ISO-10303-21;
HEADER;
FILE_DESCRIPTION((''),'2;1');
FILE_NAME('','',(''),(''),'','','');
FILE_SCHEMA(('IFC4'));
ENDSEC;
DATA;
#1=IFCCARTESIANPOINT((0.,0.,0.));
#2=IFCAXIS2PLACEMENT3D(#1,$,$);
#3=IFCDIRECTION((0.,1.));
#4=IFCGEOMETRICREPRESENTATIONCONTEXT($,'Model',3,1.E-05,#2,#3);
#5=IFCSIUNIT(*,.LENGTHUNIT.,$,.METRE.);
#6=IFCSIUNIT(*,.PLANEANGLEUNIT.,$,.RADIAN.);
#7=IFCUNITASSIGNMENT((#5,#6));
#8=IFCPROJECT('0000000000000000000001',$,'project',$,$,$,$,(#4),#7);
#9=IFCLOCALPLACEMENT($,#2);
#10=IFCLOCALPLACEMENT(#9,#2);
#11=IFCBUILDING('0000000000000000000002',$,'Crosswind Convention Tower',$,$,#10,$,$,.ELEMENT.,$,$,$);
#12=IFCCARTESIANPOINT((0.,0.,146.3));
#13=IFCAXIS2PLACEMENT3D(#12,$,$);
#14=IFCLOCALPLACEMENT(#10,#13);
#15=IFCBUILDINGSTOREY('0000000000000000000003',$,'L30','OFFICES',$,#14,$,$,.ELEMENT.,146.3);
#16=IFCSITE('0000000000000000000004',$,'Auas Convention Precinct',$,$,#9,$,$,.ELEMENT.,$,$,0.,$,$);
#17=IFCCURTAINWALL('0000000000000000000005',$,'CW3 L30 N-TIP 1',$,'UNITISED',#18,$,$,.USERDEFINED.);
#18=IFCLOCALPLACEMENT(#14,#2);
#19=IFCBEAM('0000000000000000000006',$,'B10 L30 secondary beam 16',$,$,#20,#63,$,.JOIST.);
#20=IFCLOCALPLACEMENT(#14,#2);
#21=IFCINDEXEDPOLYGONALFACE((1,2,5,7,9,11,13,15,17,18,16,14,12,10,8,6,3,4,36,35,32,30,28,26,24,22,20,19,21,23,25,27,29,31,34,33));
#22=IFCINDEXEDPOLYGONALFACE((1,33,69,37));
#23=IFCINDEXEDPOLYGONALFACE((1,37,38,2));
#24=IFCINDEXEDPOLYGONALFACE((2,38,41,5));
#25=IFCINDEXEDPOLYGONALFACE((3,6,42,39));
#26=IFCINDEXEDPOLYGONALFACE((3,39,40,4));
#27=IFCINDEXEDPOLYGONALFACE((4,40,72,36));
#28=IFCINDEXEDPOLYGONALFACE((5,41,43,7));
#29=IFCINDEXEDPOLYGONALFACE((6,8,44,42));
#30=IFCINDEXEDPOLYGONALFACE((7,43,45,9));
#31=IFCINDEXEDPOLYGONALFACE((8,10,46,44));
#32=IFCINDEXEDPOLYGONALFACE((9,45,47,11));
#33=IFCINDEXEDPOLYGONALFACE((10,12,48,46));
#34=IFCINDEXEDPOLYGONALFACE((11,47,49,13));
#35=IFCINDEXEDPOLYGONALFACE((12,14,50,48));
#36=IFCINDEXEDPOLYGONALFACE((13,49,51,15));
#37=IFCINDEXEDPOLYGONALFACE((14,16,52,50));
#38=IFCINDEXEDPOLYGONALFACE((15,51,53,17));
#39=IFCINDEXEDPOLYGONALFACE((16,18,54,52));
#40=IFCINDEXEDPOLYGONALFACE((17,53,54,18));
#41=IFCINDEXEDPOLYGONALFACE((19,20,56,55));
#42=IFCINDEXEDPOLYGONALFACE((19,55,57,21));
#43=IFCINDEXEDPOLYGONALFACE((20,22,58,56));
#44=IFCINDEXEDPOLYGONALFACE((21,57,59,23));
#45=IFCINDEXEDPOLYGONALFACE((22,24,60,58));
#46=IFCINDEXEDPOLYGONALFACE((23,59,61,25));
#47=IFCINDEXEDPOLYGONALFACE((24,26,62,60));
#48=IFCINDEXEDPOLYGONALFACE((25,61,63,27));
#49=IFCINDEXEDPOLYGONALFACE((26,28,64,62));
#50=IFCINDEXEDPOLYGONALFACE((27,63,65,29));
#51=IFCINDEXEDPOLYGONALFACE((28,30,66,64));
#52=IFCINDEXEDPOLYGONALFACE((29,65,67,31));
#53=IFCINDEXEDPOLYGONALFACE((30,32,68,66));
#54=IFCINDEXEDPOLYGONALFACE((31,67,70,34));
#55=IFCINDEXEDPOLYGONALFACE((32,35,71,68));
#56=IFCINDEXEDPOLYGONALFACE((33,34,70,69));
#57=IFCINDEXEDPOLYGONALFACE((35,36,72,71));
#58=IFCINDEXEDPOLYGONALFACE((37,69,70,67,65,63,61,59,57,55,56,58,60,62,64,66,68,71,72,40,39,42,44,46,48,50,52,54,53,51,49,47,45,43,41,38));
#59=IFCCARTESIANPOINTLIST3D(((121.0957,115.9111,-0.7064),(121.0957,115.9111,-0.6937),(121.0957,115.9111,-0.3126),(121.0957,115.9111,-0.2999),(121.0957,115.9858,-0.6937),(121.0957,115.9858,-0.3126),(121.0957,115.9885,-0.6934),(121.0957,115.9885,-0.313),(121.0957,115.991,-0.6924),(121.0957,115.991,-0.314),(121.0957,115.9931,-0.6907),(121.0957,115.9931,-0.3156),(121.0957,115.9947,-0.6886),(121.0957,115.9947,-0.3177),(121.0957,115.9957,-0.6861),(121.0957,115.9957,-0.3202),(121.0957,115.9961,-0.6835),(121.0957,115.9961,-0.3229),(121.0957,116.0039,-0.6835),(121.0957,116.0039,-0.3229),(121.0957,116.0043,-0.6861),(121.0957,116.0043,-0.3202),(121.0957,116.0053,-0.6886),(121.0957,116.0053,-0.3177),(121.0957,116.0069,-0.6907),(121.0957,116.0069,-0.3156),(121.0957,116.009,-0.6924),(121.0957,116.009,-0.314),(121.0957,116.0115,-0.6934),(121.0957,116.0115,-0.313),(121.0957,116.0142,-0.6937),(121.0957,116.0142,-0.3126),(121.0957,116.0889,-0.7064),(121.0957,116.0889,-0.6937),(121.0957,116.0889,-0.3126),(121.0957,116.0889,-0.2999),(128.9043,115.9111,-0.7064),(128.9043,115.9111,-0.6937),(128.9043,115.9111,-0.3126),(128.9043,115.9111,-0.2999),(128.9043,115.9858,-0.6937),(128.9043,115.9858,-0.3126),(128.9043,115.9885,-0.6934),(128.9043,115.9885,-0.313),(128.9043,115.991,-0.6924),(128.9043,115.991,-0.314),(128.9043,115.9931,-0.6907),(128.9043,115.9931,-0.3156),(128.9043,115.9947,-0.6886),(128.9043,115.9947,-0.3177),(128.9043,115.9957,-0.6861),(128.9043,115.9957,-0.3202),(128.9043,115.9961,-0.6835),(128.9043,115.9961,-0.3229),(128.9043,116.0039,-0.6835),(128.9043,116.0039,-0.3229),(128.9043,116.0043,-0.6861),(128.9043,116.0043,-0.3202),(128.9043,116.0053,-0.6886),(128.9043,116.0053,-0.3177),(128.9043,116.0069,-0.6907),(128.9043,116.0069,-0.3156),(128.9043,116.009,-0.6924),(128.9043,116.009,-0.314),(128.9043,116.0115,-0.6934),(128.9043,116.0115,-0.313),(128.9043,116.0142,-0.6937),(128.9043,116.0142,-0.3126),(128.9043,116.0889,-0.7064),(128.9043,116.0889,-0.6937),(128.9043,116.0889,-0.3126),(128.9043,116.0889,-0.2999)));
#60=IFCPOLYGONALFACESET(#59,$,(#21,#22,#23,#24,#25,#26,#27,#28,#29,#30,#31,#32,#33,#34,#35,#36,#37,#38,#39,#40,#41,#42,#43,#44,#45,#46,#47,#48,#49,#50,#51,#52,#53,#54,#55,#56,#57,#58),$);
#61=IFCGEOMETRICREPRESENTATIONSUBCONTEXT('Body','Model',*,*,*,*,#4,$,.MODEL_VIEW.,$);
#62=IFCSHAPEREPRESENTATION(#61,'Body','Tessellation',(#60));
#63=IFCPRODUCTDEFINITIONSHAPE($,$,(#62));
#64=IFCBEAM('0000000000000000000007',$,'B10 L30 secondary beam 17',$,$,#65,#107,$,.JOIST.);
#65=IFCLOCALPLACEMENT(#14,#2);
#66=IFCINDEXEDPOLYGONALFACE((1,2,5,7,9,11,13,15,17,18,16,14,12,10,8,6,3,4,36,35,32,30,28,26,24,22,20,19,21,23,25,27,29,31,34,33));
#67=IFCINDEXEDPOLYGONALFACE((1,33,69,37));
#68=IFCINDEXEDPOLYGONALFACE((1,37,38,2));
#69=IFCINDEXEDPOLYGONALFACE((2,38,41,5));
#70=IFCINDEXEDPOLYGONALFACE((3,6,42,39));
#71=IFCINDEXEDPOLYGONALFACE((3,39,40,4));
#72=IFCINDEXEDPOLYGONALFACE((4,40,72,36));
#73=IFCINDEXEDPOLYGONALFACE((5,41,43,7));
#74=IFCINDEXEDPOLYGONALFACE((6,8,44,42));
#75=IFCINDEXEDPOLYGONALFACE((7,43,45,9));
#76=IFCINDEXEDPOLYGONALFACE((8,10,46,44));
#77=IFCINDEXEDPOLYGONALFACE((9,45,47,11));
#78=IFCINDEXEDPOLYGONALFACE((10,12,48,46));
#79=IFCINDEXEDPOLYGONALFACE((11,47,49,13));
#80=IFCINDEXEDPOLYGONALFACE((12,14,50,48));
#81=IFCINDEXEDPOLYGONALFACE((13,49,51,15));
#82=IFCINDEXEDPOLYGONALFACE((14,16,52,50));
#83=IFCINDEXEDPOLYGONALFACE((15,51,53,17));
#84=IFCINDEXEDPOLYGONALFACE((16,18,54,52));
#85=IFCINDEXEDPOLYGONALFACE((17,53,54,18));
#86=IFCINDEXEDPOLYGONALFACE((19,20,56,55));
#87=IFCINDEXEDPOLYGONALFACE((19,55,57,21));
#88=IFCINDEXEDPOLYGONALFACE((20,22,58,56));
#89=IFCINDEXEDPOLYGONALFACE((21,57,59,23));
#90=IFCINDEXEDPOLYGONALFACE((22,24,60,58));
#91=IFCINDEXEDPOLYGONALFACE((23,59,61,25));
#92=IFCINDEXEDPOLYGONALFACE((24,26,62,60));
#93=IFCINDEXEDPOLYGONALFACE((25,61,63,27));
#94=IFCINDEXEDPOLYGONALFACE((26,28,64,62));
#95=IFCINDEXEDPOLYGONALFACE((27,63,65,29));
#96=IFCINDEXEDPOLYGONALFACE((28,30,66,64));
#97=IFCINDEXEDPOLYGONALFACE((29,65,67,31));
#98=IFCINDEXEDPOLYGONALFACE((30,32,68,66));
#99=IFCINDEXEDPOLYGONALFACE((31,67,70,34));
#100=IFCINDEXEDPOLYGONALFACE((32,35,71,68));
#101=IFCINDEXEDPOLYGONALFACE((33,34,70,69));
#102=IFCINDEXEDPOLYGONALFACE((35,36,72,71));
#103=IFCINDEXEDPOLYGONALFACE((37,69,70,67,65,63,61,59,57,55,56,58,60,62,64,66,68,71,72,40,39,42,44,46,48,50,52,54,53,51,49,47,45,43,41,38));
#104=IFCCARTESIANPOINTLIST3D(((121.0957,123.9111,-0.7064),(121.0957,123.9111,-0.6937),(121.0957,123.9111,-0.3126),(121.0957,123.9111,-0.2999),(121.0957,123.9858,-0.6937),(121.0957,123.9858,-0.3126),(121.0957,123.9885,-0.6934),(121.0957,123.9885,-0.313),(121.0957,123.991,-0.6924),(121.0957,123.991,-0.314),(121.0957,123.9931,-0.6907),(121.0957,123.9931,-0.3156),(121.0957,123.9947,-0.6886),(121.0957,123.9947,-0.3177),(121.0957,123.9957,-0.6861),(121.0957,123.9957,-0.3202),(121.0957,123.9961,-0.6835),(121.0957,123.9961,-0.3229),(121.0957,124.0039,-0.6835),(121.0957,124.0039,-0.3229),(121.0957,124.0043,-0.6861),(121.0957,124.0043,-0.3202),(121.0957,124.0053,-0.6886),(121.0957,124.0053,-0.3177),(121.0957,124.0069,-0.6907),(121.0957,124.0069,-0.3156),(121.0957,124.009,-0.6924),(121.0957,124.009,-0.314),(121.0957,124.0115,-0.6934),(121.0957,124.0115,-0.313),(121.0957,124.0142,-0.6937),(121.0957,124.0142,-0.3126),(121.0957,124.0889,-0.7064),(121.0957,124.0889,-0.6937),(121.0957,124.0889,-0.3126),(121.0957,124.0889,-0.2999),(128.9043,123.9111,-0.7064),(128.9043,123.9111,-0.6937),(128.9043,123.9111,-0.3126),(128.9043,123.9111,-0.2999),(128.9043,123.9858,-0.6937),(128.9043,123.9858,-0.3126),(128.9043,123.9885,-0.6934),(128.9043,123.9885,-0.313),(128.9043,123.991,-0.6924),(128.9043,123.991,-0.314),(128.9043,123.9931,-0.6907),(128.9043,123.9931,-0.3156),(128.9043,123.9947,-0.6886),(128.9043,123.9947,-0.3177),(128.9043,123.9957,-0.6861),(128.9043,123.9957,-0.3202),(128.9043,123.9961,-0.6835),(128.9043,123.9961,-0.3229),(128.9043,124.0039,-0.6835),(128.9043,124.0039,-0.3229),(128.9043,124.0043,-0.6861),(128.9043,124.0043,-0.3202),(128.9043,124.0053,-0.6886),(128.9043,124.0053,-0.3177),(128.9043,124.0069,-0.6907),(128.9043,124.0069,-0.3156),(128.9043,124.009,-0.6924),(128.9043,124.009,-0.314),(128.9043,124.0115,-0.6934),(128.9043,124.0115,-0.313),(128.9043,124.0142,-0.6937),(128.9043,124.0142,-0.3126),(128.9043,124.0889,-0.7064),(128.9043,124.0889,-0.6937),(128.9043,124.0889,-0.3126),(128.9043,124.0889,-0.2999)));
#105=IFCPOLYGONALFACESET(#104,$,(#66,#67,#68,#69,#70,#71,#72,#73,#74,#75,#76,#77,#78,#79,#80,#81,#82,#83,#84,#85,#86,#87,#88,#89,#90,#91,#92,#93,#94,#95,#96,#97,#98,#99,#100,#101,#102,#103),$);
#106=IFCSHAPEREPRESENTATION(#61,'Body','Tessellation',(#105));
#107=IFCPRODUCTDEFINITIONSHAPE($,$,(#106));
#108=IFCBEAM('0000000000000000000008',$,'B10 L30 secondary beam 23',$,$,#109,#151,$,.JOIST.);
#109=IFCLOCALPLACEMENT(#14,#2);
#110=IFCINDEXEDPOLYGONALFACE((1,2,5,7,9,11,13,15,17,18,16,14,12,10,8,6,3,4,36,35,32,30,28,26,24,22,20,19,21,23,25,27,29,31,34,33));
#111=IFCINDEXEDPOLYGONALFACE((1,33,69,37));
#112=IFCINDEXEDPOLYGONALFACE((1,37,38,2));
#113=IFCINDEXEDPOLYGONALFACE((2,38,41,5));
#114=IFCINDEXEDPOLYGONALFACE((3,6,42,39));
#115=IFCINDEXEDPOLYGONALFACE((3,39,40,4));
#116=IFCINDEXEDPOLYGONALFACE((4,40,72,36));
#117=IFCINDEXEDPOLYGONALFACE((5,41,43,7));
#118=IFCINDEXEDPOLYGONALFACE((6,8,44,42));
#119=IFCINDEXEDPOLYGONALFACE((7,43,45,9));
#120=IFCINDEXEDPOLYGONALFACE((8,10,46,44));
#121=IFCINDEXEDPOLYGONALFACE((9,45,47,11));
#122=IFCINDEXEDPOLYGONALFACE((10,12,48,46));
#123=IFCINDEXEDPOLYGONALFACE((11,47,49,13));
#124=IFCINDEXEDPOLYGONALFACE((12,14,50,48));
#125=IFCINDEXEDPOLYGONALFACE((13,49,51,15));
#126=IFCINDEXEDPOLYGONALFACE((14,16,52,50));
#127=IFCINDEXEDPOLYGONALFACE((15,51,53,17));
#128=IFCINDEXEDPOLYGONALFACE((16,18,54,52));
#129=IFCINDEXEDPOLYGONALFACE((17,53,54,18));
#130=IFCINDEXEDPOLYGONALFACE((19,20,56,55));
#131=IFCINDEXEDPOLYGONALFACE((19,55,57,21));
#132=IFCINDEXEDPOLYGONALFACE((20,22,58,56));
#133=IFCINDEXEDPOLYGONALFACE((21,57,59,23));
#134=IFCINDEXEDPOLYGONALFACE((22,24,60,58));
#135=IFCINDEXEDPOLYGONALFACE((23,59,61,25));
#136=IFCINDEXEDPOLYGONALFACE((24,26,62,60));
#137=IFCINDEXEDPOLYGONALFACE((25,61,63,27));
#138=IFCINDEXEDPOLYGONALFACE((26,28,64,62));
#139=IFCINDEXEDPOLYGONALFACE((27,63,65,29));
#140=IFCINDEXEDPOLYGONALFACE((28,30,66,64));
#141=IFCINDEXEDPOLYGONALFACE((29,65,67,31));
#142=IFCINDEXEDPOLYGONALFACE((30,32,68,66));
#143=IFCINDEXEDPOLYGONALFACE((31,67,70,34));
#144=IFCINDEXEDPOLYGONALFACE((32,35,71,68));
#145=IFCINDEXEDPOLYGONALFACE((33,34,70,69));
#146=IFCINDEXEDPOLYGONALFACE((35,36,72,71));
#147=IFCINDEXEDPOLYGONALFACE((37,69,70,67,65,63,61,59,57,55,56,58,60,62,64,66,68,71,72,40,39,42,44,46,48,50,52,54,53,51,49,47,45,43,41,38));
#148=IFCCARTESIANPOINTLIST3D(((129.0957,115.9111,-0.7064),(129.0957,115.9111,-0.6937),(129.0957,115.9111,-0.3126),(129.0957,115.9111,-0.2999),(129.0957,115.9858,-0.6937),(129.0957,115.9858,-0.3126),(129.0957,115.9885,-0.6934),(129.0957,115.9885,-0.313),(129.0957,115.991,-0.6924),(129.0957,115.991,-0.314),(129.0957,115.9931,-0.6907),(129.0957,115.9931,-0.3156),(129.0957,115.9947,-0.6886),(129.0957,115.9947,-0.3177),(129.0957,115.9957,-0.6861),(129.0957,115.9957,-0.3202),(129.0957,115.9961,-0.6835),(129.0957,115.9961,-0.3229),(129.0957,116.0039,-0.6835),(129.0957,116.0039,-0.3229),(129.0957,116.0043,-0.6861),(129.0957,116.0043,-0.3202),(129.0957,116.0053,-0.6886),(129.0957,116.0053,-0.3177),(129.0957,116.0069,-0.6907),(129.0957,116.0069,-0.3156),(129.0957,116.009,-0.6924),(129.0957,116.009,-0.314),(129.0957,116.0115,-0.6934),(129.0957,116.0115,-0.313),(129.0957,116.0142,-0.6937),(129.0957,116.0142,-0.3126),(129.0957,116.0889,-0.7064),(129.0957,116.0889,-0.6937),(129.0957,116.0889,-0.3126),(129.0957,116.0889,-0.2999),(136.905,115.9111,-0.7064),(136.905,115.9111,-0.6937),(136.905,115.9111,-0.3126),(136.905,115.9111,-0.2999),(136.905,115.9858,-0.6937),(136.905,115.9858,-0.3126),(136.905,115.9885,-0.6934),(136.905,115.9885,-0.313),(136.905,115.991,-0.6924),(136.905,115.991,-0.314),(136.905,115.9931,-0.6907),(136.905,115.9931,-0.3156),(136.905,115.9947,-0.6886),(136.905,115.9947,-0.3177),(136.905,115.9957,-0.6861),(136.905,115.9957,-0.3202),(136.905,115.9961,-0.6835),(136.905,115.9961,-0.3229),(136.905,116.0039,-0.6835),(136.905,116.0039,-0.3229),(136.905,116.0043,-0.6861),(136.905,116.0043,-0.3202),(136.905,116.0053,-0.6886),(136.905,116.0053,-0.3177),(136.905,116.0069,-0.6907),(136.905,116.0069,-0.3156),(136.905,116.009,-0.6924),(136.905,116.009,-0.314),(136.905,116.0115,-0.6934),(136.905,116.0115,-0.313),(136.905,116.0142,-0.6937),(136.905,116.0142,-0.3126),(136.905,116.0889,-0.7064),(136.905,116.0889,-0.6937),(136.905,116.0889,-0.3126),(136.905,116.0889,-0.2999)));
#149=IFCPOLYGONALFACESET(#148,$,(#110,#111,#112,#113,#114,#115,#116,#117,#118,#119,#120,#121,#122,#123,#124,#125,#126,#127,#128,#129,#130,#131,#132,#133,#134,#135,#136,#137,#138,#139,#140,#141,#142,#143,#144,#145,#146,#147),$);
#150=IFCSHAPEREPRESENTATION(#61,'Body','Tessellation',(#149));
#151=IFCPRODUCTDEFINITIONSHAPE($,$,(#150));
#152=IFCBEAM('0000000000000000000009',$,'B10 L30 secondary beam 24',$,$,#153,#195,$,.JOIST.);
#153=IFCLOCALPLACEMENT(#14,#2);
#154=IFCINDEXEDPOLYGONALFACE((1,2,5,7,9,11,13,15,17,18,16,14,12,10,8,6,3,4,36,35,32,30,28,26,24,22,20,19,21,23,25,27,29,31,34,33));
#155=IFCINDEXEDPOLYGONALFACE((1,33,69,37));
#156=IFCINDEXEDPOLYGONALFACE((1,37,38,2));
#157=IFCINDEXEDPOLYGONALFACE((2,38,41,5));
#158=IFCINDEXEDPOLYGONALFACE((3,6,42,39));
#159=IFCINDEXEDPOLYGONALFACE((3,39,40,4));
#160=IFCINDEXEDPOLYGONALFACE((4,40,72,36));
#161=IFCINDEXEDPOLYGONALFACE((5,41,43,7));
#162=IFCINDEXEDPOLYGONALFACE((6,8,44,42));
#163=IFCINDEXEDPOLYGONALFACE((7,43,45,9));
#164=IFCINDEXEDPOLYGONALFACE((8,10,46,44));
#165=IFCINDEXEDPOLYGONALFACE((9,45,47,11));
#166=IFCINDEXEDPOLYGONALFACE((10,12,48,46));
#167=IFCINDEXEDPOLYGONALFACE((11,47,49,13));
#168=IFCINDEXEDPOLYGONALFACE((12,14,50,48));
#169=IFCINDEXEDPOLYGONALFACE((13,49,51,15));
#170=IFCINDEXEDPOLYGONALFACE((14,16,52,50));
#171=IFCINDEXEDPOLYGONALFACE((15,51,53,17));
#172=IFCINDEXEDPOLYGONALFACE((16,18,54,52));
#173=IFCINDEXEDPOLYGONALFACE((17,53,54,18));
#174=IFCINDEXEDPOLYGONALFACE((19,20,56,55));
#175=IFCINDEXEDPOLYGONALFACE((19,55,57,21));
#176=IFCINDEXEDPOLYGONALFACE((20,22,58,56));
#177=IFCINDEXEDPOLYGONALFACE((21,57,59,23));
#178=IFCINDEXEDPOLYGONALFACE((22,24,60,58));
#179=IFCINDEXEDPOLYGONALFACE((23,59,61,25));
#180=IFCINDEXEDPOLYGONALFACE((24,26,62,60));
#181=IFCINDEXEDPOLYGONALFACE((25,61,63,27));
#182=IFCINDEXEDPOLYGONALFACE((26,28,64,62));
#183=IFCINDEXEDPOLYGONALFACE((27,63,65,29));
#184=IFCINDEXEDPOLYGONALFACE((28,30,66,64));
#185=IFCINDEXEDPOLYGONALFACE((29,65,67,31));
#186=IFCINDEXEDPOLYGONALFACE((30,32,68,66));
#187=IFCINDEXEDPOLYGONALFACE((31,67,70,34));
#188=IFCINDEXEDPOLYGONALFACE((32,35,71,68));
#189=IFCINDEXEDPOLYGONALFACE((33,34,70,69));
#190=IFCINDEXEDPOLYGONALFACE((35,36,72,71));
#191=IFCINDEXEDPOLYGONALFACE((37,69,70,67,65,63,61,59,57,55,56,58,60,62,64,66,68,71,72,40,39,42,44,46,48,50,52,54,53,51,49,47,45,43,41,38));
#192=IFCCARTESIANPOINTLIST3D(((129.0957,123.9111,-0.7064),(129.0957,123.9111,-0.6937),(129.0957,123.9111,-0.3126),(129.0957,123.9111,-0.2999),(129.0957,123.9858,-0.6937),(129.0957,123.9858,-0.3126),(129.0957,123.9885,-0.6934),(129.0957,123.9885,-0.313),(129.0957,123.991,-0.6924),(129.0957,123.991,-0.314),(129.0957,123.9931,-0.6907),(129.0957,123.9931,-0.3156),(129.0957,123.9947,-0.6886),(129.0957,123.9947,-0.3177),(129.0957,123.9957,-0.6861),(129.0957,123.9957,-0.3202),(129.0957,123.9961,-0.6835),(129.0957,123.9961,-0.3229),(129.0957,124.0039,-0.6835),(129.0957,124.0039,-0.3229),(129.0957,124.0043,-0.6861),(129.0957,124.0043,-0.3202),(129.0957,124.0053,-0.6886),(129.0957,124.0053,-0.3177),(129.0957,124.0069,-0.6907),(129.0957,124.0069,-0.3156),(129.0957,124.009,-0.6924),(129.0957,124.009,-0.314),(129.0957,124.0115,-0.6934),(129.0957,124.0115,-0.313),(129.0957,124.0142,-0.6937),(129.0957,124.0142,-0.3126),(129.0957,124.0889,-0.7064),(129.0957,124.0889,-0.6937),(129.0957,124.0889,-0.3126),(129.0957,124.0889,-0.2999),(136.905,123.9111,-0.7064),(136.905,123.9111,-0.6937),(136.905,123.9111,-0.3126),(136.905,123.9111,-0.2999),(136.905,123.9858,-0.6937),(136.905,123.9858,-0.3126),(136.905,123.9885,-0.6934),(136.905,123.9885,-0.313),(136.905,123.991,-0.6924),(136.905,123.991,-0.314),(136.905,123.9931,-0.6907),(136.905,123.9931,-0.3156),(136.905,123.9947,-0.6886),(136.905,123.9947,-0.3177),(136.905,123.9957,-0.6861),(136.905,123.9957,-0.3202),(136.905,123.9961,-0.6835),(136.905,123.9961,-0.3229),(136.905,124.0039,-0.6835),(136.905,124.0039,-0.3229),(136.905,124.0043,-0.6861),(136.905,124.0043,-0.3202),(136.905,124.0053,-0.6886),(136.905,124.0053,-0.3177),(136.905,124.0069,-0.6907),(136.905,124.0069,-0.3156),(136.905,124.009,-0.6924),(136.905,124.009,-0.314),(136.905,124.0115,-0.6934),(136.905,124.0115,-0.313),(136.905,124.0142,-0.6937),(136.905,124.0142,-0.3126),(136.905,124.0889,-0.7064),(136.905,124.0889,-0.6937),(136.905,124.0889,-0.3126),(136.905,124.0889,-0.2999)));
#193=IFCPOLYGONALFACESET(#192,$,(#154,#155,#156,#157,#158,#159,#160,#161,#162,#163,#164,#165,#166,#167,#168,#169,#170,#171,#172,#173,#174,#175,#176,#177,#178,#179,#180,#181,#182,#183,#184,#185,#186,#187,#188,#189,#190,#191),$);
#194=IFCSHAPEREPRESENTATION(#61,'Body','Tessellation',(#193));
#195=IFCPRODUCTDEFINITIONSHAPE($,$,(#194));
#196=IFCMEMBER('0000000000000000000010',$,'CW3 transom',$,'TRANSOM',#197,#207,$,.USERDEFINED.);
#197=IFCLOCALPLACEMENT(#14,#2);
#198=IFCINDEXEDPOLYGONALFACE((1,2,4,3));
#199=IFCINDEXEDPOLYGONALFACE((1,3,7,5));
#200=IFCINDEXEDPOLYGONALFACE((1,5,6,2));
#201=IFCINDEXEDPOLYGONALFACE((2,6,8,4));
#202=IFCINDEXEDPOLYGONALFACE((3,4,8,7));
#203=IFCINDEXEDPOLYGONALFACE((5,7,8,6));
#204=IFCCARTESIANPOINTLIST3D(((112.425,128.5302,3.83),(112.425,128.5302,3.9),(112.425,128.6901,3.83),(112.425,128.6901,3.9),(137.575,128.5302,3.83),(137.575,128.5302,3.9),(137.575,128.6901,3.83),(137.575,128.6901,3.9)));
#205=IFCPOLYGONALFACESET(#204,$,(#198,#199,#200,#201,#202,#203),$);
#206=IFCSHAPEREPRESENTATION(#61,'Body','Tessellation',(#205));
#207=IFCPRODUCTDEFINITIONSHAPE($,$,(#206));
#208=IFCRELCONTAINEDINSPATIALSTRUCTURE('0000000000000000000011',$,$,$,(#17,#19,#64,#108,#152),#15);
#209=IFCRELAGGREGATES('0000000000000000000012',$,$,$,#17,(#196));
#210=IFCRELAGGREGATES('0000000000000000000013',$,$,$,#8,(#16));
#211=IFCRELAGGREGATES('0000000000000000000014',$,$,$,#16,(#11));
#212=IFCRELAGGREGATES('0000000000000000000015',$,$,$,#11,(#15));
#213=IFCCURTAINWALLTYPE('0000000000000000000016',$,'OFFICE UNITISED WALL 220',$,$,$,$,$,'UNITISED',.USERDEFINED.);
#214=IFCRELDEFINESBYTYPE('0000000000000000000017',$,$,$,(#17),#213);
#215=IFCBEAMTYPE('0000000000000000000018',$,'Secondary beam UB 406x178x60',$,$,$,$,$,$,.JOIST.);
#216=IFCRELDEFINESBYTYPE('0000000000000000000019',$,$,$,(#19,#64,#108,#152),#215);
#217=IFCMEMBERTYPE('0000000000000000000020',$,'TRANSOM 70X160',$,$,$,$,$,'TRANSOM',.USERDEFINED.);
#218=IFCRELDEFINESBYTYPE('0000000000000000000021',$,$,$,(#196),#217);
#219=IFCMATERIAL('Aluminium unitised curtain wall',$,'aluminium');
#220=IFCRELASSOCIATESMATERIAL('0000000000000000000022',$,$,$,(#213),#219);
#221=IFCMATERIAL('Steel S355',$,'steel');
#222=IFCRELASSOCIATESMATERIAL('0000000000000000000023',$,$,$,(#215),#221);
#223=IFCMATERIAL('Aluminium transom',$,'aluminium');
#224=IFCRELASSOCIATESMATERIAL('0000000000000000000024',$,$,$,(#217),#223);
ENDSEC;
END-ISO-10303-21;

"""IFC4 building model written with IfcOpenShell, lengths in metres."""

from ifc_helpers import new_model, si_unit, direction, frame, origin, origin_2d, place, context, subcontext, project, spatial, rectangle, i_section, extrude, material, material_profile, profile_set, type_object, element, aggregate, save


model = new_model("IFC4")

# Units and contexts
model_context = context("Model", 3, precision=1e-05, world=origin(), true_north=direction((0.0, 1.0)))
body_context = subcontext(model_context, "Body", "Model", "MODEL_VIEW")
ifc_project = project(units=[si_unit("LENGTHUNIT", "METRE"), si_unit("PLANEANGLEUNIT", "RADIAN")], contexts=[model_context])

# Site, building, storey
site_placement = place(None, origin())
site = spatial("IfcSite", under=ifc_project, at=site_placement, Name="Auas Convention Precinct", CompositionType="ELEMENT", RefElevation=0.0)
building_placement = place(site_placement, origin())
building = spatial("IfcBuilding", under=site, at=building_placement, Name="Crosswind Convention Tower", CompositionType="ELEMENT")
storey_placement = place(building_placement, frame((0.0, 0.0, 146.3)))
storey = spatial("IfcBuildingStorey", under=building, at=storey_placement, Name="L30", Description="OFFICES", CompositionType="ELEMENT", Elevation=146.3)

# Shared definitions
ifc_material_1 = material(Name="Steel S355", Category="steel")

# Curtain wall
ifc_material_2 = material(Name="Aluminium unitised curtain wall", Category="aluminium")
curtain_wall_type = type_object("IfcCurtainWallType", Name="OFFICE UNITISED WALL 220", ElementType="UNITISED", PredefinedType="USERDEFINED", material=ifc_material_2)
curtain_wall_placement = place(storey_placement, origin())
curtain_wall = element("IfcCurtainWall", 1, at=curtain_wall_placement, inside=storey, type_object=curtain_wall_type, Name="CW3 L30 N-TIP 1", ObjectType="UNITISED", PredefinedType="USERDEFINED")

# Beams
ifc_material_profile_1 = material_profile(ifc_material_1, i_section(OverallWidth=0.1777, OverallDepth=0.4065, WebThickness=0.0078, FlangeThickness=0.0127, FilletRadius=0.0103, at=origin_2d()), Name="UB 406x178x60")
ifc_profile_set_1 = profile_set([ifc_material_profile_1], Name="Steel S355")
beam_type_1 = type_object("IfcBeamType", Name="Secondary beam UB 406x178x60", PredefinedType="JOIST", material=ifc_profile_set_1)
for number, where, z_axis, x_axis, name in (
    (2, (121.0957, 116.0, -0.5032), (1.0, 0.0, 0.0), (0.0, 1.0, 0.0), "B10 L30 secondary beam 16"),
    (3, (121.0957, 124.0, -0.5032), (1.0, 0.0, 0.0), (0.0, 1.0, 0.0), "B10 L30 secondary beam 17"),
):
    element("IfcBeam", number, at=place(storey_placement, frame(where, z_axis=z_axis, x_axis=x_axis)), inside=storey, type_object=beam_type_1, Name=name, PredefinedType="JOIST", context=body_context, shape_type="SweptSolid", body=[
        extrude(i_section(OverallWidth=0.1777, OverallDepth=0.4065, WebThickness=0.0078, FlangeThickness=0.0127, FilletRadius=0.0103, at=origin_2d()), origin(), (0.0, 0.0, 1.0), 7.8086),
    ])
for number, where, z_axis, x_axis, name in (
    (4, (129.0957, 116.0, -0.5032), (1.0, 0.0, 0.0), (0.0, 1.0, 0.0), "B10 L30 secondary beam 23"),
    (5, (129.0957, 124.0, -0.5032), (1.0, 0.0, 0.0), (0.0, 1.0, 0.0), "B10 L30 secondary beam 24"),
):
    element("IfcBeam", number, at=place(storey_placement, frame(where, z_axis=z_axis, x_axis=x_axis)), inside=storey, type_object=beam_type_1, Name=name, PredefinedType="JOIST", context=body_context, shape_type="SweptSolid", body=[
        extrude(i_section(OverallWidth=0.1777, OverallDepth=0.4065, WebThickness=0.0078, FlangeThickness=0.0127, FilletRadius=0.0103, at=origin_2d()), origin(), (0.0, 0.0, 1.0), 7.8093),
    ])

# Member
ifc_material_3 = material(Name="Aluminium transom", Category="aluminium")
ifc_material_profile_2 = material_profile(ifc_material_3, rectangle(XDim=0.1599, YDim=0.0701, at=origin_2d()), Name="AL 160X70")
ifc_profile_set_2 = profile_set([ifc_material_profile_2], Name="Aluminium transom")
member_type_1 = type_object("IfcMemberType", Name="TRANSOM 70X160", ElementType="TRANSOM", PredefinedType="USERDEFINED", material=ifc_profile_set_2)
member_1_placement = place(storey_placement, frame((137.575, 128.6101, 3.865), z_axis=(-1.0, 0.0, 0.0), x_axis=(0.0, -1.0, 0.0)))
member_1 = element("IfcMember", 6, at=member_1_placement, type_object=member_type_1, Name="CW3 transom", ObjectType="TRANSOM", PredefinedType="USERDEFINED", context=body_context, shape_type="SweptSolid", body=[
    extrude(rectangle(XDim=0.1599, YDim=0.0701, at=origin_2d()), origin(), (0.0, 0.0, 1.0), 25.1499),
])

aggregate(curtain_wall, [member_1])

save(model, "model.ifc")
